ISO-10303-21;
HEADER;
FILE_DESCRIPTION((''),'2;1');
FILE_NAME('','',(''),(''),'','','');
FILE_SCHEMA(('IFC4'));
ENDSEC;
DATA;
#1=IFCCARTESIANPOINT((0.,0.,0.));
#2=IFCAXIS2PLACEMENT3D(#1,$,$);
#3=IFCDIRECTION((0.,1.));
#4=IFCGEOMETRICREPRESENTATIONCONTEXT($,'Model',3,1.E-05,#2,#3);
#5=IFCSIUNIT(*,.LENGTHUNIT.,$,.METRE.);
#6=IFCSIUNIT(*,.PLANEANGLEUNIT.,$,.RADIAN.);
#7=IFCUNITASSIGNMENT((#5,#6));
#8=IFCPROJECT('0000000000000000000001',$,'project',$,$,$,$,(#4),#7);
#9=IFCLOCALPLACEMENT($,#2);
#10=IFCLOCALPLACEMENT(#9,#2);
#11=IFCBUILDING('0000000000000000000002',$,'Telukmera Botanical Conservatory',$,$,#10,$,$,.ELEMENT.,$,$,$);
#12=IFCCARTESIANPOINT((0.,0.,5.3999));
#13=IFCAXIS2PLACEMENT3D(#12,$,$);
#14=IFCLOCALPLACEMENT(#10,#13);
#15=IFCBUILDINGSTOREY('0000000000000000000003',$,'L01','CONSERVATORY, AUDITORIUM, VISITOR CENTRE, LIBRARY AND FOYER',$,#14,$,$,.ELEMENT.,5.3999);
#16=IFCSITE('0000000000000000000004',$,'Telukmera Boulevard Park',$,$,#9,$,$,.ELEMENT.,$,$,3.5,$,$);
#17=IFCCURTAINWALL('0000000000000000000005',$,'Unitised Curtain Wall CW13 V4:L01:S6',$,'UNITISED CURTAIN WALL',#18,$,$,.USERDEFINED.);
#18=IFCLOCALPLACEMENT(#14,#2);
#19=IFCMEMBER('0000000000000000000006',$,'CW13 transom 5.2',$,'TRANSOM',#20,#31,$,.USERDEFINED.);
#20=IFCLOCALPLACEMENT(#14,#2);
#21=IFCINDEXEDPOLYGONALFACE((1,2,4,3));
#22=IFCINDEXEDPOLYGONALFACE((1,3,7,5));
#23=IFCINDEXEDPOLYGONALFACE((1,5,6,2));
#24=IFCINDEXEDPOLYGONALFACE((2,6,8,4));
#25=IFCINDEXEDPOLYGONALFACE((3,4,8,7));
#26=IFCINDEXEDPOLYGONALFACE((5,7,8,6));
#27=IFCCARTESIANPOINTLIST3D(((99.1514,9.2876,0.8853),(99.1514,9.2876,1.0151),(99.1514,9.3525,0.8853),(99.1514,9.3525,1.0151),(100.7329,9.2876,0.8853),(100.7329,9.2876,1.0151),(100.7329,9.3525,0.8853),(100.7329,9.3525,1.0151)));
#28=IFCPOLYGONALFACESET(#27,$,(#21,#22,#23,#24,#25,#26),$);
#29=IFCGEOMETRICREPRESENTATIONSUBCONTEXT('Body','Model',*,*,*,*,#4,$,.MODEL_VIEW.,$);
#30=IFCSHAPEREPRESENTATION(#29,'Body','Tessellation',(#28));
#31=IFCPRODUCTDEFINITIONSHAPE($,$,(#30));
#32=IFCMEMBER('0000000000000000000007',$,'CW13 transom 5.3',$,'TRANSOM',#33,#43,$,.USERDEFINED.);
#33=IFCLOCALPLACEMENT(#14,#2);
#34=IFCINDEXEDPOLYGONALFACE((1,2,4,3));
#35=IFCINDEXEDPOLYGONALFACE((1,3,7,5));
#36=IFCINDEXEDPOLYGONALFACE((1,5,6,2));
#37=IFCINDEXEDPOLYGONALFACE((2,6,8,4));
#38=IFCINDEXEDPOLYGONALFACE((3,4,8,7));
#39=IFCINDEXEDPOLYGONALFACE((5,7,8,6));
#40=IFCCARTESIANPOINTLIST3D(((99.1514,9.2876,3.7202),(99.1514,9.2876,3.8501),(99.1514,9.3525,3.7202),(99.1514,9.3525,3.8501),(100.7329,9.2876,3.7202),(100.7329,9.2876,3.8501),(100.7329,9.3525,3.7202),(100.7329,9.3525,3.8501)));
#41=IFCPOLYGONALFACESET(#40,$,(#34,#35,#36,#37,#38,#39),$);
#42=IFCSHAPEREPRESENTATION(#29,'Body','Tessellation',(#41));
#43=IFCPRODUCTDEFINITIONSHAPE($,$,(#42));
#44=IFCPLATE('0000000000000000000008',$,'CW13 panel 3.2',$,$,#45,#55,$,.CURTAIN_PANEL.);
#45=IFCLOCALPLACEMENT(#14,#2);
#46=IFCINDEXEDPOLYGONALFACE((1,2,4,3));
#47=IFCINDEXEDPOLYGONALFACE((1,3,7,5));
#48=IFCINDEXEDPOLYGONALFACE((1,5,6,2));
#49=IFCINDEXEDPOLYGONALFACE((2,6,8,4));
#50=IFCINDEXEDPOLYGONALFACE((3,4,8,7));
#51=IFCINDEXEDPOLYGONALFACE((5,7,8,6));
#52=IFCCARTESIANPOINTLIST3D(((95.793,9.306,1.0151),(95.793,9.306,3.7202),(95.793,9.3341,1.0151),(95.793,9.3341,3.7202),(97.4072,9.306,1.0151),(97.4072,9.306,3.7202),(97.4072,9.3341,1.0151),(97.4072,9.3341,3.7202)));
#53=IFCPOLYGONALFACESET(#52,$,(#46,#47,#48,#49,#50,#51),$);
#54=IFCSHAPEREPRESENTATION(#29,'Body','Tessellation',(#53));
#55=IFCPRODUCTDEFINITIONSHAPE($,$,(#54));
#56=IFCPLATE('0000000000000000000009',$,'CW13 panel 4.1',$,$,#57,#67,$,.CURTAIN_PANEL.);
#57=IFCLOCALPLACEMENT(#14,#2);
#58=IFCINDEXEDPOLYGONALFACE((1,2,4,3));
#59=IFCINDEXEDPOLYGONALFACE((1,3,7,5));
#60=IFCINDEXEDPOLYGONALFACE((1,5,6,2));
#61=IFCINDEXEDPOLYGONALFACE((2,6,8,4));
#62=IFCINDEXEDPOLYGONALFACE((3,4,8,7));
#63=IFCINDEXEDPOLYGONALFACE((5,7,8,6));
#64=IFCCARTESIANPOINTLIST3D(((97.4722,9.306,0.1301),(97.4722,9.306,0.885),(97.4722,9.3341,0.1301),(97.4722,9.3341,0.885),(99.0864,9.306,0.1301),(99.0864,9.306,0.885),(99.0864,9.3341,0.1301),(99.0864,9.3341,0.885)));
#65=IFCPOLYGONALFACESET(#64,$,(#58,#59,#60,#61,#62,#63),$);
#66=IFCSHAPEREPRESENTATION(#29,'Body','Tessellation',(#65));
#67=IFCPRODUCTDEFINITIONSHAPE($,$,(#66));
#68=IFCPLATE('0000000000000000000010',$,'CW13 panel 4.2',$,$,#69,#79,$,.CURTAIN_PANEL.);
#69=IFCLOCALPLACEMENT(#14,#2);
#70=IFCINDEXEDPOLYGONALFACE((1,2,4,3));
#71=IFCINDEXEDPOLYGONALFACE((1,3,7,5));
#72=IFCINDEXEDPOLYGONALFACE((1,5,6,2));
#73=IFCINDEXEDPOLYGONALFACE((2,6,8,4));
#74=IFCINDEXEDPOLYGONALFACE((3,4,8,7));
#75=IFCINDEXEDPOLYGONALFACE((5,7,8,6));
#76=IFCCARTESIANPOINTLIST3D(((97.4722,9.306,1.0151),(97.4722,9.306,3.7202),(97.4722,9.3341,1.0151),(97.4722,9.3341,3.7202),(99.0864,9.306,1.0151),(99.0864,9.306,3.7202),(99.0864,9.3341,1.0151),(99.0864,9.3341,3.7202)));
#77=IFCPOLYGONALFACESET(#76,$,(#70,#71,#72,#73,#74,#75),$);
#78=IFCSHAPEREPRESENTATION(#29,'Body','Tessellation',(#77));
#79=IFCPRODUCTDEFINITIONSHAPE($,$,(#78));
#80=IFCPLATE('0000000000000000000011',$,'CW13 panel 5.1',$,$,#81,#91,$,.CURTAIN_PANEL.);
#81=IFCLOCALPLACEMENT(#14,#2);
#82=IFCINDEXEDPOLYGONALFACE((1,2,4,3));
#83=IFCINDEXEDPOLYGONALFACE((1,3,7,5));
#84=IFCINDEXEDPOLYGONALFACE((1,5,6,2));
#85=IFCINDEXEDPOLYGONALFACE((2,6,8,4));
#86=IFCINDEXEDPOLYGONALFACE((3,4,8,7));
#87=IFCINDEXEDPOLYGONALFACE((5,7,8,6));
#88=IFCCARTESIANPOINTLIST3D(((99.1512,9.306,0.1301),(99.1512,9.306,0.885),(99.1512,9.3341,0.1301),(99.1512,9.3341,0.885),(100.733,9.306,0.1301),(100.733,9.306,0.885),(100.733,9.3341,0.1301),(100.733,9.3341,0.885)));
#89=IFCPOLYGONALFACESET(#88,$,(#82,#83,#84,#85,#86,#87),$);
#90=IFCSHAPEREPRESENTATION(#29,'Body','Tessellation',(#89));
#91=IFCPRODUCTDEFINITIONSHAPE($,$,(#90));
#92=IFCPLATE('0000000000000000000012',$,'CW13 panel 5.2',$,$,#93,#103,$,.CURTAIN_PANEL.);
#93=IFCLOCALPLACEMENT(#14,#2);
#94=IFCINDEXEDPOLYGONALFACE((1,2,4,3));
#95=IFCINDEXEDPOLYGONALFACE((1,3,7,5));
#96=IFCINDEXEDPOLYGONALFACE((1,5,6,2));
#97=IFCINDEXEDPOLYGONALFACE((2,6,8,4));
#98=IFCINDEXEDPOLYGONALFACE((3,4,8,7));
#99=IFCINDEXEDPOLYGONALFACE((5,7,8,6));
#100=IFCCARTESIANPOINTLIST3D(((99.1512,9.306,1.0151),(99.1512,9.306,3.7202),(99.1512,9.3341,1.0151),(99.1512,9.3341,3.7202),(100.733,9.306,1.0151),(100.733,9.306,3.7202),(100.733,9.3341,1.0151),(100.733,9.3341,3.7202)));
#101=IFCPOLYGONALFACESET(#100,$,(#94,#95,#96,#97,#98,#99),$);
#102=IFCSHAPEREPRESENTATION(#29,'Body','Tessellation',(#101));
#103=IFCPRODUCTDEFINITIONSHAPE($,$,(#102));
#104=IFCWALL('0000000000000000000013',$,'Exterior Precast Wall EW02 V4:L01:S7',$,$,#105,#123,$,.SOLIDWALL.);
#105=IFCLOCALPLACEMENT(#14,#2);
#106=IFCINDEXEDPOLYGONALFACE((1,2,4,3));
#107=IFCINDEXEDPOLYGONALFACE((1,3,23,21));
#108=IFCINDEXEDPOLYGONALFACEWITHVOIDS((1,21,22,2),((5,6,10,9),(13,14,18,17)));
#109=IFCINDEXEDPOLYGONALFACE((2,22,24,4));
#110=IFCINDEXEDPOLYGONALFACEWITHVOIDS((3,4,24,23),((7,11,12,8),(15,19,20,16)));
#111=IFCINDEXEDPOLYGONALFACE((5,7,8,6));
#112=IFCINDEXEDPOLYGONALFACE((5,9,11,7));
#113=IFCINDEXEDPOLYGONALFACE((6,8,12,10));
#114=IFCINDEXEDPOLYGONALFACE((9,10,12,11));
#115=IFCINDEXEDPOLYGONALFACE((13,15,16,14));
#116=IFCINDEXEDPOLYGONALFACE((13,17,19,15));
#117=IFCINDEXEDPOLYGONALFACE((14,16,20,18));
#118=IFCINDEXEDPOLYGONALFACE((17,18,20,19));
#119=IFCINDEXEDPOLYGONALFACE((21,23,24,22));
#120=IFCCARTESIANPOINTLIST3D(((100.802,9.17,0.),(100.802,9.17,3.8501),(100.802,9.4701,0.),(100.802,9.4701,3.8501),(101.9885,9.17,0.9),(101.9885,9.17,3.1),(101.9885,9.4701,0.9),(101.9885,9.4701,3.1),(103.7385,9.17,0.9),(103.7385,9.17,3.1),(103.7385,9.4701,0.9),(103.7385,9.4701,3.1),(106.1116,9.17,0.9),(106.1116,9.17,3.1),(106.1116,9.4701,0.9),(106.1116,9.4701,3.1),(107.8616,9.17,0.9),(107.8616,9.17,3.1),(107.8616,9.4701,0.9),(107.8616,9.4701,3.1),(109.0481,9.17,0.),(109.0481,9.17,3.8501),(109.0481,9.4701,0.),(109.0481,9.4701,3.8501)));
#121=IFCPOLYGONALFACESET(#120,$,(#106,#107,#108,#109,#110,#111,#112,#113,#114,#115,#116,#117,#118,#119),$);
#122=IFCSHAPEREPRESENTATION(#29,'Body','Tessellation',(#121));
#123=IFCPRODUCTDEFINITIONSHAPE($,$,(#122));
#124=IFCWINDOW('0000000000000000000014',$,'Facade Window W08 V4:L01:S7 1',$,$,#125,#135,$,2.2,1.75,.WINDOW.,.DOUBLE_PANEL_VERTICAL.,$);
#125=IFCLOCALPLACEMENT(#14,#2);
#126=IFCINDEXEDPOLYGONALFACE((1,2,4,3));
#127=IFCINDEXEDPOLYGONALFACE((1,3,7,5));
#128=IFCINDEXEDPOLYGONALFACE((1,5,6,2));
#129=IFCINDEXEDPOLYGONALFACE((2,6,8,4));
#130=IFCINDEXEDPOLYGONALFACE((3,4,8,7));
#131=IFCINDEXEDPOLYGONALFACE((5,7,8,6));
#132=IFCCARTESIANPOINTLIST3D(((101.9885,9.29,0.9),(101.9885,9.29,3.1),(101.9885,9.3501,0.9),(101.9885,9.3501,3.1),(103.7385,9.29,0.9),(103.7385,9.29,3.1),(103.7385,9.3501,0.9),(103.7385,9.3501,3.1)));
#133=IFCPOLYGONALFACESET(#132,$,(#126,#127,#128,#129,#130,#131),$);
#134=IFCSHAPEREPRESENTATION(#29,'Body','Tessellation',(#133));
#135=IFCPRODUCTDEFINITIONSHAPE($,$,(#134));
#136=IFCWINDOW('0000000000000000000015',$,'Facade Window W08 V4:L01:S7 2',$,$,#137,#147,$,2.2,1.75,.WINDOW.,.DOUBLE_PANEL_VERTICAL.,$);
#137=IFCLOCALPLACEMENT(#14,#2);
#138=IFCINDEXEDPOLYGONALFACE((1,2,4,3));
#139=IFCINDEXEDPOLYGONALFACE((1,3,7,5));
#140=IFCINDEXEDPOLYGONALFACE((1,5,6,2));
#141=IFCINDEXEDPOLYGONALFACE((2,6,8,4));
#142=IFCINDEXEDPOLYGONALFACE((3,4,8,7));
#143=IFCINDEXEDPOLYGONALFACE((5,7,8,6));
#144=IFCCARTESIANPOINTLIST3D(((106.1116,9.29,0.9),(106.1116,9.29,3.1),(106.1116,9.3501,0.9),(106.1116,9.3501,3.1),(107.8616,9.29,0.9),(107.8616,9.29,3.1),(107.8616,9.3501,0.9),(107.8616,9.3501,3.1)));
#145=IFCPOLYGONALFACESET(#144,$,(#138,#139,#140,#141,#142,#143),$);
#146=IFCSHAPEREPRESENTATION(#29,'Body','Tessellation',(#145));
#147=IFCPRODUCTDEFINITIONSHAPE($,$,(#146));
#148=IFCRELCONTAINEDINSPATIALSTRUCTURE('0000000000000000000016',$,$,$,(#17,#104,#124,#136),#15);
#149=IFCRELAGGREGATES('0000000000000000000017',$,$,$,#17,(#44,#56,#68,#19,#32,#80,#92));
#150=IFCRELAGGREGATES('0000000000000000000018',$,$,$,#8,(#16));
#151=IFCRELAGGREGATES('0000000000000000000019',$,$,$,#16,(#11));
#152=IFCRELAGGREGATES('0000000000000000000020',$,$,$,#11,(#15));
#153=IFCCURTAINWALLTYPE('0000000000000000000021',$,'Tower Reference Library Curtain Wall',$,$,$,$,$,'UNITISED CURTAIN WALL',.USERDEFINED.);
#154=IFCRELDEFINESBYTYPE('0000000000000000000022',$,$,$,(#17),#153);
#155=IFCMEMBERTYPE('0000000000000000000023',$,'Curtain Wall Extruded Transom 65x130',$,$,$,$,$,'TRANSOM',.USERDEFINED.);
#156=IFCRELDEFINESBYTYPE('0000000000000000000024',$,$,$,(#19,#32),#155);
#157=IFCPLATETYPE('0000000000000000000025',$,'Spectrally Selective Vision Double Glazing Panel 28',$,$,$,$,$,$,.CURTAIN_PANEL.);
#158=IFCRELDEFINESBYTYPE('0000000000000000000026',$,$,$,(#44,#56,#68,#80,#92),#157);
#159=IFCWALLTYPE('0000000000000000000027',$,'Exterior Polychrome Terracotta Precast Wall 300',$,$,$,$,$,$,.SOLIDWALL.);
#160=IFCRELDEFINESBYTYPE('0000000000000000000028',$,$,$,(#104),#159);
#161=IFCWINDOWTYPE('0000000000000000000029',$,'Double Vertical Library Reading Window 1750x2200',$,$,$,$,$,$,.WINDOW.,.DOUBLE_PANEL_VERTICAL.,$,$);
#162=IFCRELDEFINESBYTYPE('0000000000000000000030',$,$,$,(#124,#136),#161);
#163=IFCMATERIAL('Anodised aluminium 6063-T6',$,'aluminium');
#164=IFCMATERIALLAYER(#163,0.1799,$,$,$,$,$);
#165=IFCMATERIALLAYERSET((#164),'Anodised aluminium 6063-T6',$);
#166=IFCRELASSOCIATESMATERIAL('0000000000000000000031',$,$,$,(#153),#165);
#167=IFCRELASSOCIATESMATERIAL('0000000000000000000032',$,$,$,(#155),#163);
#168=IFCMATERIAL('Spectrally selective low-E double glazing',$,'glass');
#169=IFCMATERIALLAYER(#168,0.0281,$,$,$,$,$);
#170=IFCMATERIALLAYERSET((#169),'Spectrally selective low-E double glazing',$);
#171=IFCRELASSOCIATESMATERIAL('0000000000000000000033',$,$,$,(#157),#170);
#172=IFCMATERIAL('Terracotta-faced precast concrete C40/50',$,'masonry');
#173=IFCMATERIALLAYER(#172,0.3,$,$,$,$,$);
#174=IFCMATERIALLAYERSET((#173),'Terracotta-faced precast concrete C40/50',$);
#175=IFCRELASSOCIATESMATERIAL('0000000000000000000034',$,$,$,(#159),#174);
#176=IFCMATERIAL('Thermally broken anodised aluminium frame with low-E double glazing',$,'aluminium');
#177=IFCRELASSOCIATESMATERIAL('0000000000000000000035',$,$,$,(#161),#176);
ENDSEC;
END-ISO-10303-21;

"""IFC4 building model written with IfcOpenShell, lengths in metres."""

from ifc_helpers import new_model, si_unit, direction, frame, frame_2d, origin, origin_2d, place, context, subcontext, project, spatial, rectangle, extrude, material, layer, layer_set, material_profile, profile_set, type_object, element, fill, aggregate, save


model = new_model("IFC4")

# Units and contexts
model_context = context("Model", 3, precision=1e-05, world=origin(), true_north=direction((0.0, 1.0)))
body_context = subcontext(model_context, "Body", "Model", "MODEL_VIEW")
ifc_project = project(units=[si_unit("LENGTHUNIT", "METRE"), si_unit("PLANEANGLEUNIT", "RADIAN")], contexts=[model_context])

# Site, building, storey
site_placement = place(None, origin())
site = spatial("IfcSite", under=ifc_project, at=site_placement, Name="Telukmera Boulevard Park", CompositionType="ELEMENT", RefElevation=3.5)
building_placement = place(site_placement, origin())
building = spatial("IfcBuilding", under=site, at=building_placement, Name="Telukmera Botanical Conservatory", CompositionType="ELEMENT")
storey_placement = place(building_placement, frame((0.0, 0.0, 5.3999)))
storey = spatial("IfcBuildingStorey", under=building, at=storey_placement, Name="L01", Description="CONSERVATORY, AUDITORIUM, VISITOR CENTRE, LIBRARY AND FOYER", CompositionType="ELEMENT", Elevation=5.3999)

# Curtain wall, members, plates
ifc_material_1 = material(Name="Anodised aluminium 6063-T6", Category="aluminium")
ifc_layer_1 = layer(ifc_material_1, 0.1799)
ifc_layer_set_1 = layer_set([ifc_layer_1], Name="Anodised aluminium 6063-T6")
curtain_wall_type = type_object("IfcCurtainWallType", Name="Tower Reference Library Curtain Wall", ElementType="UNITISED CURTAIN WALL", PredefinedType="USERDEFINED", material=ifc_layer_set_1)
curtain_wall_placement = place(storey_placement, origin())
curtain_wall = element("IfcCurtainWall", 1, at=curtain_wall_placement, inside=storey, type_object=curtain_wall_type, Name="Unitised Curtain Wall CW13 V4:L01:S6", ObjectType="UNITISED CURTAIN WALL", PredefinedType="USERDEFINED")
ifc_material_profile_1 = material_profile(ifc_material_1, rectangle(XDim=0.0649, YDim=0.1299, at=origin_2d()), Name="ALU TRAN 65x130")
ifc_profile_set_1 = profile_set([ifc_material_profile_1], Name="Anodised aluminium 6063-T6")
member_type_1 = type_object("IfcMemberType", Name="Curtain Wall Extruded Transom 65x130", ElementType="TRANSOM", PredefinedType="USERDEFINED", material=ifc_profile_set_1)
member_1_placement = place(storey_placement, frame((99.1514, 9.3201, 0.9502), z_axis=(1.0, 0.0, 0.0), x_axis=(0.0, 1.0, 0.0)))
member_1 = element("IfcMember", 2, at=member_1_placement, type_object=member_type_1, Name="CW13 transom 5.2", ObjectType="TRANSOM", PredefinedType="USERDEFINED", context=body_context, shape_type="SweptSolid", body=[
    extrude(rectangle(XDim=0.0649, YDim=0.1299, at=origin_2d()), origin(), (0.0, 0.0, 1.0), 1.5815),
])
member_2_placement = place(storey_placement, frame((99.1514, 9.3201, 3.7852), z_axis=(1.0, 0.0, 0.0), x_axis=(0.0, 1.0, 0.0)))
member_2 = element("IfcMember", 3, at=member_2_placement, type_object=member_type_1, Name="CW13 transom 5.3", ObjectType="TRANSOM", PredefinedType="USERDEFINED", context=body_context, shape_type="SweptSolid", body=[
    extrude(rectangle(XDim=0.0649, YDim=0.1299, at=origin_2d()), origin(), (0.0, 0.0, 1.0), 1.5815),
])
ifc_material_2 = material(Name="Spectrally selective low-E double glazing", Category="glass")
ifc_layer_2 = layer(ifc_material_2, 0.0281)
ifc_layer_set_2 = layer_set([ifc_layer_2], Name="Spectrally selective low-E double glazing")
plate_type = type_object("IfcPlateType", Name="Spectrally Selective Vision Double Glazing Panel 28", PredefinedType="CURTAIN_PANEL", material=ifc_layer_set_2)
plate_1_placement = place(storey_placement, frame((96.6001, 9.3201, 1.0151), z_axis=(0.0, 0.0, 1.0), x_axis=(1.0, 0.0, 0.0)))
plate_1 = element("IfcPlate", 4, at=plate_1_placement, type_object=plate_type, Name="CW13 panel 3.2", PredefinedType="CURTAIN_PANEL", context=body_context, shape_type="SweptSolid", body=[
    extrude(rectangle(XDim=1.6143, YDim=0.0281, at=origin_2d()), origin(), (0.0, 0.0, 1.0), 2.7051),
])
plate_2_placement = place(storey_placement, frame((98.2793, 9.3201, 0.1301), z_axis=(0.0, 0.0, 1.0), x_axis=(1.0, 0.0, 0.0)))
plate_2 = element("IfcPlate", 5, at=plate_2_placement, type_object=plate_type, Name="CW13 panel 4.1", PredefinedType="CURTAIN_PANEL", context=body_context, shape_type="SweptSolid", body=[
    extrude(rectangle(XDim=1.6143, YDim=0.0281, at=origin_2d()), origin(), (0.0, 0.0, 1.0), 0.7549),
])
plate_3_placement = place(storey_placement, frame((98.2793, 9.3201, 1.0151), z_axis=(0.0, 0.0, 1.0), x_axis=(1.0, 0.0, 0.0)))
plate_3 = element("IfcPlate", 6, at=plate_3_placement, type_object=plate_type, Name="CW13 panel 4.2", PredefinedType="CURTAIN_PANEL", context=body_context, shape_type="SweptSolid", body=[
    extrude(rectangle(XDim=1.6143, YDim=0.0281, at=origin_2d()), origin(), (0.0, 0.0, 1.0), 2.7051),
])
plate_4_placement = place(storey_placement, frame((99.9421, 9.3201, 0.1301), z_axis=(0.0, 0.0, 1.0), x_axis=(1.0, 0.0, 0.0)))
plate_4 = element("IfcPlate", 7, at=plate_4_placement, type_object=plate_type, Name="CW13 panel 5.1", PredefinedType="CURTAIN_PANEL", context=body_context, shape_type="SweptSolid", body=[
    extrude(rectangle(XDim=1.5818, YDim=0.0281, at=origin_2d()), origin(), (0.0, 0.0, 1.0), 0.7549),
])
plate_5_placement = place(storey_placement, frame((99.9421, 9.3201, 1.0151), z_axis=(0.0, 0.0, 1.0), x_axis=(1.0, 0.0, 0.0)))
plate_5 = element("IfcPlate", 8, at=plate_5_placement, type_object=plate_type, Name="CW13 panel 5.2", PredefinedType="CURTAIN_PANEL", context=body_context, shape_type="SweptSolid", body=[
    extrude(rectangle(XDim=1.5818, YDim=0.0281, at=origin_2d()), origin(), (0.0, 0.0, 1.0), 2.7051),
])
aggregate(curtain_wall, [plate_1, plate_2, plate_3, member_1, member_2, plate_4, plate_5])

# Wall, openings, windows
ifc_material_3 = material(Name="Terracotta-faced precast concrete C40/50", Category="masonry")
ifc_layer_3 = layer(ifc_material_3, 0.3)
ifc_layer_set_3 = layer_set([ifc_layer_3], Name="Terracotta-faced precast concrete C40/50")
wall_type = type_object("IfcWallType", Name="Exterior Polychrome Terracotta Precast Wall 300", PredefinedType="SOLIDWALL", material=ifc_layer_set_3)
wall_placement = place(storey_placement, frame((100.802, 9.3201, 0.0), z_axis=(0.0, 0.0, 1.0), x_axis=(1.0, 0.0, 0.0)))
wall = element("IfcWall", 9, at=wall_placement, inside=storey, type_object=wall_type, Name="Exterior Precast Wall EW02 V4:L01:S7", PredefinedType="SOLIDWALL", context=body_context, shape_type="SweptSolid", body=[
    extrude(rectangle(XDim=8.2461, YDim=0.3, at=frame_2d((4.123, 0.0))), origin(), (0.0, 0.0, 1.0), 3.8501),
])
opening_1_placement = place(wall_placement, frame((1.1865, 0.0, 0.8999)))
opening_1 = element("IfcOpeningElement", 10, at=opening_1_placement, cuts=wall, PredefinedType="OPENING", context=body_context, shape_type="SweptSolid", body=[
    extrude(rectangle(XDim=1.75, YDim=2.2, at=frame_2d((0.875, 1.1001))), frame((0.0, 0.1599, 0.0), z_axis=(0.0, -1.0, 0.0), x_axis=(1.0, 0.0, 0.0)), (0.0, 0.0, 1.0), 0.3201),
])
opening_2_placement = place(wall_placement, frame((5.3096, 0.0, 0.8999)))
opening_2 = element("IfcOpeningElement", 11, at=opening_2_placement, cuts=wall, PredefinedType="OPENING", context=body_context, shape_type="SweptSolid", body=[
    extrude(rectangle(XDim=1.75, YDim=2.2, at=frame_2d((0.875, 1.1001))), frame((0.0, 0.1599, 0.0), z_axis=(0.0, -1.0, 0.0), x_axis=(1.0, 0.0, 0.0)), (0.0, 0.0, 1.0), 0.3201),
])
ifc_material_4 = material(Name="Thermally broken anodised aluminium frame with low-E double glazing", Category="aluminium")
window_type = type_object("IfcWindowType", Name="Double Vertical Library Reading Window 1750x2200", PartitioningType="DOUBLE_PANEL_VERTICAL", PredefinedType="WINDOW", material=ifc_material_4)
window_1_placement = place(opening_1_placement, origin())
window_1 = element("IfcWindow", 12, at=window_1_placement, inside=storey, type_object=window_type, Name="Facade Window W08 V4:L01:S7 1", OverallHeight=2.2, OverallWidth=1.75, PartitioningType="DOUBLE_PANEL_VERTICAL", PredefinedType="WINDOW", context=body_context, shape_type="SweptSolid", body=[
    extrude(rectangle(XDim=1.75, YDim=2.2, at=frame_2d((0.875, 1.1001))), frame((0.0, 0.03, 0.0), z_axis=(0.0, -1.0, 0.0), x_axis=(1.0, 0.0, 0.0)), (0.0, 0.0, 1.0), 0.0601),
])
fill(opening_1, window_1)
window_2_placement = place(opening_2_placement, origin())
window_2 = element("IfcWindow", 13, at=window_2_placement, inside=storey, type_object=window_type, Name="Facade Window W08 V4:L01:S7 2", OverallHeight=2.2, OverallWidth=1.75, PartitioningType="DOUBLE_PANEL_VERTICAL", PredefinedType="WINDOW", context=body_context, shape_type="SweptSolid", body=[
    extrude(rectangle(XDim=1.75, YDim=2.2, at=frame_2d((0.875, 1.1001))), frame((0.0, 0.03, 0.0), z_axis=(0.0, -1.0, 0.0), x_axis=(1.0, 0.0, 0.0)), (0.0, 0.0, 1.0), 0.0601),
])
fill(opening_2, window_2)

save(model, "model.ifc")
